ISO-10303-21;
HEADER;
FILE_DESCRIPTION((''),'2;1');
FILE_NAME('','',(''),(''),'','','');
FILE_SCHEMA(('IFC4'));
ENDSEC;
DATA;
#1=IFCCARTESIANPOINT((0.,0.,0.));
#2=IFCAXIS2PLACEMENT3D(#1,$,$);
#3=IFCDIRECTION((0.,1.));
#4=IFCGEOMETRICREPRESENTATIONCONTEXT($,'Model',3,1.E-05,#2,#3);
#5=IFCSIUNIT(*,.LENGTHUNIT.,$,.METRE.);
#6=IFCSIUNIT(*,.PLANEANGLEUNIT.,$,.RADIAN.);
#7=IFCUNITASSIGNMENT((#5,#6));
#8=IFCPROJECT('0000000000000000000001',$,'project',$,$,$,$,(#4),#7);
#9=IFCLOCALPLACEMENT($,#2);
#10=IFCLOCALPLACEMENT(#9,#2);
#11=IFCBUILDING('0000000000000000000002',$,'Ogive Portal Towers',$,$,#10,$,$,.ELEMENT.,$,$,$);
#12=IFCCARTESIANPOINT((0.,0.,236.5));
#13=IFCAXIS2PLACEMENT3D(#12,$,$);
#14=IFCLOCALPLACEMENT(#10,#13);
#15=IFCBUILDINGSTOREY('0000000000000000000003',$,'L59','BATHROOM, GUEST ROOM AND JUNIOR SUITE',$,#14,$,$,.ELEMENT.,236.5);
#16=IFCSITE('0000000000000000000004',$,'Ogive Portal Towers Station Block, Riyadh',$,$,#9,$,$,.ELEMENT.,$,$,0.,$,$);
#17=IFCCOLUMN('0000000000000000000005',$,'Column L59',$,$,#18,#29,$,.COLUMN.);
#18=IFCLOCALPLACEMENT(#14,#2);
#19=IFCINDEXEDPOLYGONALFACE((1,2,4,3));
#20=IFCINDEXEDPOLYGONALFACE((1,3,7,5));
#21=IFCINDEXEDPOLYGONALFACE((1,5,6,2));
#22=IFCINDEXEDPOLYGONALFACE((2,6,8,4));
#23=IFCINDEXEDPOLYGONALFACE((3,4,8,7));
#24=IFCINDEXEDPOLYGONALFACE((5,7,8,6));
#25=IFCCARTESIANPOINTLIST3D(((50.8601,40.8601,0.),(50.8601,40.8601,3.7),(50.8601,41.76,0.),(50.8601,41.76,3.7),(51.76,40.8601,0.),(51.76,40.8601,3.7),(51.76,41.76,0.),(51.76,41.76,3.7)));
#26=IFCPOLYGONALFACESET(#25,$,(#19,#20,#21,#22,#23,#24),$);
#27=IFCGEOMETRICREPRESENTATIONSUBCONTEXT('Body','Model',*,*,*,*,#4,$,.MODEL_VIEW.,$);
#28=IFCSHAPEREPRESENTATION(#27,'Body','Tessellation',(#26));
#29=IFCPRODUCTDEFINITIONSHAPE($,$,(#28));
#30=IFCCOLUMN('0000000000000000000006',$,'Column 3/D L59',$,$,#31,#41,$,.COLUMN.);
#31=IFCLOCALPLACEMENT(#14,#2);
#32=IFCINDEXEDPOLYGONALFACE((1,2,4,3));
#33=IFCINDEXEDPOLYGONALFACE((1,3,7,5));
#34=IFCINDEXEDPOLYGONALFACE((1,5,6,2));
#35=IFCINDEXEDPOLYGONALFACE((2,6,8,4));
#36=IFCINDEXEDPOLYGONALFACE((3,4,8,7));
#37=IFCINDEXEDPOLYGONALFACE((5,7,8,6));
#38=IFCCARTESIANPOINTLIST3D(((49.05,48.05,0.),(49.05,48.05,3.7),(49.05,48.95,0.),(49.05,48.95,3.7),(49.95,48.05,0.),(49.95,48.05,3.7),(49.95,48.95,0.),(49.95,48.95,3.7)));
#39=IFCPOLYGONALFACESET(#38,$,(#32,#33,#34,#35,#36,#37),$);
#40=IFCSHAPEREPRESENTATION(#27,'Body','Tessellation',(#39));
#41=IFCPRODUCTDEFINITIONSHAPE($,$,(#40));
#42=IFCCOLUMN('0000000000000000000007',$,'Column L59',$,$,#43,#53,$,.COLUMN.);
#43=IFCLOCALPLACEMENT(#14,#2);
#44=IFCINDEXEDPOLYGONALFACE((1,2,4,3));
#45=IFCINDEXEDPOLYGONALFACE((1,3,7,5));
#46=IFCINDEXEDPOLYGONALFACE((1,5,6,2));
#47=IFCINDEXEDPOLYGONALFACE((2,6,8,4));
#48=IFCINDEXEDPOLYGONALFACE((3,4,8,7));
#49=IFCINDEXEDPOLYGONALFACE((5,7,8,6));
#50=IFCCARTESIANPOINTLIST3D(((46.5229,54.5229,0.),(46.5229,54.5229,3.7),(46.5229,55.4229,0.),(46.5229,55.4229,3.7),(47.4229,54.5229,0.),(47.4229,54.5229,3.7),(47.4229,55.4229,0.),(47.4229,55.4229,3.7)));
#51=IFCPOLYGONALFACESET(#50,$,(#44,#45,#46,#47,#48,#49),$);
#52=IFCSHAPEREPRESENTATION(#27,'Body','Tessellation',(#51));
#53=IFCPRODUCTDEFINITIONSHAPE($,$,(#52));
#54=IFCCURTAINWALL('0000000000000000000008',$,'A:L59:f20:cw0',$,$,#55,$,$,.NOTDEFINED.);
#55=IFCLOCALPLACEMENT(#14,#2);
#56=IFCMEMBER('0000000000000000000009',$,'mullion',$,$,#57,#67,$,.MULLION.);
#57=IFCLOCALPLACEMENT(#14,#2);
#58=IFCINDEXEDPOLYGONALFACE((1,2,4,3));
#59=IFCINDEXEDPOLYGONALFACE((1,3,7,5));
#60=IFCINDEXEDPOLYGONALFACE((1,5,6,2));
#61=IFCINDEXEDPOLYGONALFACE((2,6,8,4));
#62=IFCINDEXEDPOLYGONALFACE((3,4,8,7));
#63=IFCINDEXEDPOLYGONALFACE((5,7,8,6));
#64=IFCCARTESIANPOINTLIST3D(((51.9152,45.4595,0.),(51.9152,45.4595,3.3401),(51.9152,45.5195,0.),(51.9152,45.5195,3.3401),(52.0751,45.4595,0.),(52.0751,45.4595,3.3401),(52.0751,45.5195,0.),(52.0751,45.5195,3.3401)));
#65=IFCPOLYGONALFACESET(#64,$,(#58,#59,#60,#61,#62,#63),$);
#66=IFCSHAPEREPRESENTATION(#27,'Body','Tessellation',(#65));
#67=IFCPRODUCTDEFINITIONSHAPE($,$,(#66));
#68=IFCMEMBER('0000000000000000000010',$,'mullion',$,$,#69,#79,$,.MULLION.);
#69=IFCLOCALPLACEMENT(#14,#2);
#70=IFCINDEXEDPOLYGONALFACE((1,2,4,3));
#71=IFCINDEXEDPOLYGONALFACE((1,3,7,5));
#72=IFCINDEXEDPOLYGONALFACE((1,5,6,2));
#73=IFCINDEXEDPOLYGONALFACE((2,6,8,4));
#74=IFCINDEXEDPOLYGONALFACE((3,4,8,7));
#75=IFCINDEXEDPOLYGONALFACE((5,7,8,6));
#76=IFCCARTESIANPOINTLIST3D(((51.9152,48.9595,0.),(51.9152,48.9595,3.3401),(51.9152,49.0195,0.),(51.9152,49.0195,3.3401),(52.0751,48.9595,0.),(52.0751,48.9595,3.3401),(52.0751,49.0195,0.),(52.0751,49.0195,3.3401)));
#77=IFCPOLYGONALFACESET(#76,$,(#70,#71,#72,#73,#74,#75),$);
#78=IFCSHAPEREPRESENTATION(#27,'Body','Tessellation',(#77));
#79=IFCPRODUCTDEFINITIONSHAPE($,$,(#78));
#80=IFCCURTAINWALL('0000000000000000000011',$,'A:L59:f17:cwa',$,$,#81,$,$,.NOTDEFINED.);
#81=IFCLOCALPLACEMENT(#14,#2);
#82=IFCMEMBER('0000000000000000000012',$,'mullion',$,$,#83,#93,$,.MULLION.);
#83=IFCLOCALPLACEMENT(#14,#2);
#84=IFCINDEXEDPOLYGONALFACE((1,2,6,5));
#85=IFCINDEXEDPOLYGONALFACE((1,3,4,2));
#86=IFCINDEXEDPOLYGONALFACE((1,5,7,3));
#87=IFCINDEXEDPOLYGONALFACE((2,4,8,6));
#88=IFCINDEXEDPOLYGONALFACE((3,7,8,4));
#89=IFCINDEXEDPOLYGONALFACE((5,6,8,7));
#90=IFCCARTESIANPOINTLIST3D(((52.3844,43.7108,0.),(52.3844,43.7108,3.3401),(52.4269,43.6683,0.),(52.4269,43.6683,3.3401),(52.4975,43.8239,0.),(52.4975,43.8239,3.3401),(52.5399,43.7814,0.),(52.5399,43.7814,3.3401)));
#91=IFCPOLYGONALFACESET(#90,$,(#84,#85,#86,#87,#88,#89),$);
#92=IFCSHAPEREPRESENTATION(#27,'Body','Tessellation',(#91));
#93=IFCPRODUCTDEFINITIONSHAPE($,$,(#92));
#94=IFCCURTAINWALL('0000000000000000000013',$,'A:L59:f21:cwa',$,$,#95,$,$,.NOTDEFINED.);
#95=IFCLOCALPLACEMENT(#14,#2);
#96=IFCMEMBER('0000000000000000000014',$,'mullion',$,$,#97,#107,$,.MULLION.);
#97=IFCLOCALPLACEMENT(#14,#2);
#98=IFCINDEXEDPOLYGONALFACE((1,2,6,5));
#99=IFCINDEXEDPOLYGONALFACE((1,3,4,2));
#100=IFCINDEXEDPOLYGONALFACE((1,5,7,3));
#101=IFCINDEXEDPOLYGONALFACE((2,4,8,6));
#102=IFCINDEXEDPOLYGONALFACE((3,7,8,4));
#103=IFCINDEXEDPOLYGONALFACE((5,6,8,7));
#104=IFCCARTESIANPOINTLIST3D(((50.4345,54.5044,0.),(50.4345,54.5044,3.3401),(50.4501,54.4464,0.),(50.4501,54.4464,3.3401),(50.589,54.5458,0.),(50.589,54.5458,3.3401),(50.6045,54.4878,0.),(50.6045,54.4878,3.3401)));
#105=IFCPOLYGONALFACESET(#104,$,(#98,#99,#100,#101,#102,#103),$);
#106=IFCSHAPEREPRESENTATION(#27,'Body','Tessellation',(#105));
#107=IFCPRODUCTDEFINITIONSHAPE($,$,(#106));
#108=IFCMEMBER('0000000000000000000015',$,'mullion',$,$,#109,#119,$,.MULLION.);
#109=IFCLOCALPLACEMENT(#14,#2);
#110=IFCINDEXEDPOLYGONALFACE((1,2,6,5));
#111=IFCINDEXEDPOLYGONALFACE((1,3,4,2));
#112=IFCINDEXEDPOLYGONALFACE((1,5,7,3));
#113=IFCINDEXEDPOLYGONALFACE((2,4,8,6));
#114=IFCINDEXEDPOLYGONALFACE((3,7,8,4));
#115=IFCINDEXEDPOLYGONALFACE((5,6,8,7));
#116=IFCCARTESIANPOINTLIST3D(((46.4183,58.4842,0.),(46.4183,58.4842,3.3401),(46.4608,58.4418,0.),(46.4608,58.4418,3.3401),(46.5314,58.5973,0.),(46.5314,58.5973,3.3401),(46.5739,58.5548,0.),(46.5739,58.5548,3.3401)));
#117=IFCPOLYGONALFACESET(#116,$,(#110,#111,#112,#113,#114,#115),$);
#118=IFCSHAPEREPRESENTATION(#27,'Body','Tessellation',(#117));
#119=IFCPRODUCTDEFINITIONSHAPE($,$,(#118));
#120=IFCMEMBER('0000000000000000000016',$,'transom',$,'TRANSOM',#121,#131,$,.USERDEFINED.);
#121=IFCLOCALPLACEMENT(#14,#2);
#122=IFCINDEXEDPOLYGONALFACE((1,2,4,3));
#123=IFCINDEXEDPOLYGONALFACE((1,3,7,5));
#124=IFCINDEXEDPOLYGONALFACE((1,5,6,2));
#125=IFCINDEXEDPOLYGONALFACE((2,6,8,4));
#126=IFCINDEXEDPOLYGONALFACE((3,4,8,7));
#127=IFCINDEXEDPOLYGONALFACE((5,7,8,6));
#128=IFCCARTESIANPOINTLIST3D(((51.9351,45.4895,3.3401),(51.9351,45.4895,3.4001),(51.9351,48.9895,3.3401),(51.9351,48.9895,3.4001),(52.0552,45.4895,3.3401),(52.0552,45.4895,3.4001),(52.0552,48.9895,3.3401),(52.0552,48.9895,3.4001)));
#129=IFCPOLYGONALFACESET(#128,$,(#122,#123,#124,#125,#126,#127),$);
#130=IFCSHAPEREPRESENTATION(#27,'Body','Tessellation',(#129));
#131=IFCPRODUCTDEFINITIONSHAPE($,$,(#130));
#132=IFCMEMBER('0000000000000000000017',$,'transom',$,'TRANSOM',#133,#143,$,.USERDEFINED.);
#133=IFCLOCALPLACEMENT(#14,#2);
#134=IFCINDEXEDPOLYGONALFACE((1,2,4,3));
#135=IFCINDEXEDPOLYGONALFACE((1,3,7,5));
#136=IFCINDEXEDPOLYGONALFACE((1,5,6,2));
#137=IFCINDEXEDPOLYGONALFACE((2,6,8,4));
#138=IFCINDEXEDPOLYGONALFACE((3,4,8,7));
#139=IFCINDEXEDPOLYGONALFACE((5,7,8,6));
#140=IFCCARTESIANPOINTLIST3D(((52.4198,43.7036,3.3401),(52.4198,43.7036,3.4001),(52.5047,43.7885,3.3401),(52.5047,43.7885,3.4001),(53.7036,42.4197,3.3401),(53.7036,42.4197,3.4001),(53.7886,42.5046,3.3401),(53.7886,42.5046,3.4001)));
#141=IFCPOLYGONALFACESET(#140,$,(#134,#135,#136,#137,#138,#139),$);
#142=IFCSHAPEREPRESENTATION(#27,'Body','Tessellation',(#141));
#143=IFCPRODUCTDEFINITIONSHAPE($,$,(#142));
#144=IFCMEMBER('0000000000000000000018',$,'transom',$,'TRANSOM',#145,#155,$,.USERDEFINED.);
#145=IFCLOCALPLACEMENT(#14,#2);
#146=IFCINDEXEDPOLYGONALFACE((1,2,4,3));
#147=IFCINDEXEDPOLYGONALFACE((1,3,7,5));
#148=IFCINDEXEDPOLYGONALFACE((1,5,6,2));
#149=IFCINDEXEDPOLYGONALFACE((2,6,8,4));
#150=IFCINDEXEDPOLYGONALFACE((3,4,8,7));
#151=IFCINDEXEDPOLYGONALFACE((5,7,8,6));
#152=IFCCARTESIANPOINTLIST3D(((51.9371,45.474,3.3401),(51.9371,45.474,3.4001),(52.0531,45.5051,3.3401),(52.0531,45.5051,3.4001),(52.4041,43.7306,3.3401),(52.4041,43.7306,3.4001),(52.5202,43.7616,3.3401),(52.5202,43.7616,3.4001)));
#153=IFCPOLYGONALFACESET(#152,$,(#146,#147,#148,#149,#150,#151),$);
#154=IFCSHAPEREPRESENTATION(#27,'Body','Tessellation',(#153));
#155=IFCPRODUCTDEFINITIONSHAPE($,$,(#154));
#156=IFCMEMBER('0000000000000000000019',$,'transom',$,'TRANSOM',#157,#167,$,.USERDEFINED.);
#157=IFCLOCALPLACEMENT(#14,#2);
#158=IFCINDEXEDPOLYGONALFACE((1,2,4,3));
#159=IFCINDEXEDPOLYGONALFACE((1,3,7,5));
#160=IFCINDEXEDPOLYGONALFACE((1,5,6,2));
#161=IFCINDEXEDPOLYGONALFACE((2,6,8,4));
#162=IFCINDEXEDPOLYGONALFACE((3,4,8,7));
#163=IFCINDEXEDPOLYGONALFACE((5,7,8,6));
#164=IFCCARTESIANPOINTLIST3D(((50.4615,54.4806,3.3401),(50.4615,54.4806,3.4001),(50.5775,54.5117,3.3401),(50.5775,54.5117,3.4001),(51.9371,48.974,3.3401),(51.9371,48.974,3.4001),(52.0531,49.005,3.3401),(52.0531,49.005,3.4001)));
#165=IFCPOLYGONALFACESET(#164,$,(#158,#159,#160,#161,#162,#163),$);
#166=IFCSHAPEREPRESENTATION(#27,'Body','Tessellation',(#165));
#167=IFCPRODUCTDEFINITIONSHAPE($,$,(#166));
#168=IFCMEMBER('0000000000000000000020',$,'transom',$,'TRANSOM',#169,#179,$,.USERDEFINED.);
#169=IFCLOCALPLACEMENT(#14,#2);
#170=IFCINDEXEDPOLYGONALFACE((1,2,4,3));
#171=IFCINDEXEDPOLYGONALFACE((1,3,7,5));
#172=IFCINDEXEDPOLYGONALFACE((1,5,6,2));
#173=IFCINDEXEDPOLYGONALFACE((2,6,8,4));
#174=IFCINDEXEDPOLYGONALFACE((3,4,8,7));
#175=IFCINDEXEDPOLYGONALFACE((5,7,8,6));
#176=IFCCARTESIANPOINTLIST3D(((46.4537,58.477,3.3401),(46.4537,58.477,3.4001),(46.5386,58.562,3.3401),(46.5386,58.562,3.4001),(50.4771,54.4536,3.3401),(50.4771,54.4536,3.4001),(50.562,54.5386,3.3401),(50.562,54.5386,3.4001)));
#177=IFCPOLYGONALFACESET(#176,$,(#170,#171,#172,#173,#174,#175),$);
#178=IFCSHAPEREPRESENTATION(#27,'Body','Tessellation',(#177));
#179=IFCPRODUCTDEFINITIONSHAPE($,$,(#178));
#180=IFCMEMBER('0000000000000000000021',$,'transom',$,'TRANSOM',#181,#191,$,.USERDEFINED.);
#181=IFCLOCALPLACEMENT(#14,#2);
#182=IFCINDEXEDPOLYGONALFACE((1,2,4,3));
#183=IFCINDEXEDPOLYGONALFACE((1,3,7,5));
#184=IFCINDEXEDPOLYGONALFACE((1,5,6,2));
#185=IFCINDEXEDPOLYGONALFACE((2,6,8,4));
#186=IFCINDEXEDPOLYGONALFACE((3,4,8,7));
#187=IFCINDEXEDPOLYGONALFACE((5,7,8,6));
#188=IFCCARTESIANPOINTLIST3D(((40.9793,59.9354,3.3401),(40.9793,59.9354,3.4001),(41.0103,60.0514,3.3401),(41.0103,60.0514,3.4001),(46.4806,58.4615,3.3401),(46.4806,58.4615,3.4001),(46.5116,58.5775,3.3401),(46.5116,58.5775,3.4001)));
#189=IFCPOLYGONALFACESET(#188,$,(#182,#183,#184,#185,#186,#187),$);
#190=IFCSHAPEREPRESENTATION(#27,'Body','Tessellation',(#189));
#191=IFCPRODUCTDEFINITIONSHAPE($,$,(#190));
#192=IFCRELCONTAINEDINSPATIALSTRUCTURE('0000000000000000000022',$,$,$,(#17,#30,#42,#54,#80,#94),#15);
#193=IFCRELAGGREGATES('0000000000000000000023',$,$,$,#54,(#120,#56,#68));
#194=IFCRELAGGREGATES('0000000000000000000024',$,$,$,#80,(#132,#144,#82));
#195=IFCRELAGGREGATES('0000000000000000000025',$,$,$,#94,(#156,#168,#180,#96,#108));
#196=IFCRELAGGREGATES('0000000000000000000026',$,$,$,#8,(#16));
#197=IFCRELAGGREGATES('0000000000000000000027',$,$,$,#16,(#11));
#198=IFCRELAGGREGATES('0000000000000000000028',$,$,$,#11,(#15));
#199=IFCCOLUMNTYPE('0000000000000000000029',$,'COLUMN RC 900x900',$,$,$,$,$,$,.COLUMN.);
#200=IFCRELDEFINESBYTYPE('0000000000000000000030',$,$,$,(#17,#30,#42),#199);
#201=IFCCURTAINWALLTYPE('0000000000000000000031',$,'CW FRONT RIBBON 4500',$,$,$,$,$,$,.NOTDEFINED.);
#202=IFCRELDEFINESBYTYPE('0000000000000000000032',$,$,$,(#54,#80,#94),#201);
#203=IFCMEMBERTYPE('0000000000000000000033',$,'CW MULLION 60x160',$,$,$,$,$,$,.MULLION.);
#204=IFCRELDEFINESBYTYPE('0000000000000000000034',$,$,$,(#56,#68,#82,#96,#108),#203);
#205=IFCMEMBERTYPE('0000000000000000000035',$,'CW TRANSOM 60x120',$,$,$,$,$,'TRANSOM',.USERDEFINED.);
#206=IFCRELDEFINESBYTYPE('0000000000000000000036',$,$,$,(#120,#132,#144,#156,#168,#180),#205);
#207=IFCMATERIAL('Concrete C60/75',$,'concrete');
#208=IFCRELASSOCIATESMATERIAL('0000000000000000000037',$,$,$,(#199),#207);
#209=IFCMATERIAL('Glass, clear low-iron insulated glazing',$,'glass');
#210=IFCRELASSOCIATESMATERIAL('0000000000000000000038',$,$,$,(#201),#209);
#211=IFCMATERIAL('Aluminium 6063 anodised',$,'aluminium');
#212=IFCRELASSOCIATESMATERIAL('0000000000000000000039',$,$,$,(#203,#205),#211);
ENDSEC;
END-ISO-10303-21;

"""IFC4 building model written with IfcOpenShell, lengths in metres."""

from ifc_helpers import new_model, si_unit, direction, frame, origin, origin_2d, place, context, subcontext, project, spatial, rectangle, extrude, material, material_profile, profile_set, type_object, element, aggregate, save


model = new_model("IFC4")

# Units and contexts
model_context = context("Model", 3, precision=1e-05, world=origin(), true_north=direction((0.0, 1.0)))
body_context = subcontext(model_context, "Body", "Model", "MODEL_VIEW")
ifc_project = project(units=[si_unit("LENGTHUNIT", "METRE"), si_unit("PLANEANGLEUNIT", "RADIAN")], contexts=[model_context])

# Site, building, storey
site_placement = place(None, origin())
site = spatial("IfcSite", under=ifc_project, at=site_placement, Name="Ogive Portal Towers Station Block, Riyadh", CompositionType="ELEMENT", RefElevation=0.0)
building_placement = place(site_placement, origin())
building = spatial("IfcBuilding", under=site, at=building_placement, Name="Ogive Portal Towers", CompositionType="ELEMENT")
storey_placement = place(building_placement, frame((0.0, 0.0, 236.5)))
storey = spatial("IfcBuildingStorey", under=building, at=storey_placement, Name="L59", Description="BATHROOM, GUEST ROOM AND JUNIOR SUITE", CompositionType="ELEMENT", Elevation=236.5)

# Columns
ifc_material_1 = material(Name="Concrete C60/75", Category="concrete")
ifc_material_profile_1 = material_profile(ifc_material_1, rectangle(XDim=0.8999, YDim=0.8999, at=origin_2d()), Name="RC 900x900")
ifc_profile_set_1 = profile_set([ifc_material_profile_1], Name="Concrete C60/75")
column_type = type_object("IfcColumnType", Name="COLUMN RC 900x900", PredefinedType="COLUMN", material=ifc_profile_set_1)
for number, where, z_axis, x_axis, name in (
    (1, (51.3101, 41.3101, 0.0), (0.0, 0.0, 1.0), (1.0, 0.0, 0.0), "Column L59"),
    (2, (49.5, 48.5, 0.0), (0.0, 0.0, 1.0), (1.0, 0.0, 0.0), "Column 3/D L59"),
    (3, (46.9729, 54.9729, 0.0), (0.0, 0.0, 1.0), (1.0, 0.0, 0.0), "Column L59"),
):
    element("IfcColumn", number, at=place(storey_placement, frame(where, z_axis=z_axis, x_axis=x_axis)), inside=storey, type_object=column_type, Name=name, PredefinedType="COLUMN", context=body_context, shape_type="SweptSolid", body=[
        extrude(rectangle(XDim=0.8999, YDim=0.8999, at=origin_2d()), origin(), (0.0, 0.0, 1.0), 3.7),
    ])

# Curtain wall, members
ifc_material_2 = material(Name="Glass, clear low-iron insulated glazing", Category="glass")
curtain_wall_type = type_object("IfcCurtainWallType", Name="CW FRONT RIBBON 4500", PredefinedType="NOTDEFINED", material=ifc_material_2)
curtain_wall_1_placement = place(storey_placement, origin())
curtain_wall_1 = element("IfcCurtainWall", 4, at=curtain_wall_1_placement, inside=storey, type_object=curtain_wall_type, Name="A:L59:f20:cw0", PredefinedType="NOTDEFINED")
ifc_material_3 = material(Name="Aluminium 6063 anodised", Category="aluminium")
ifc_material_profile_2 = material_profile(ifc_material_3, rectangle(XDim=0.1599, YDim=0.0601, at=origin_2d()), Name="AL 60x160")
ifc_profile_set_2 = profile_set([ifc_material_profile_2], Name="Aluminium 6063 anodised")
member_type_1 = type_object("IfcMemberType", Name="CW MULLION 60x160", PredefinedType="MULLION", material=ifc_profile_set_2)
member_1_placement = place(storey_placement, frame((51.9951, 45.4895, 0.0), z_axis=(0.0, 0.0, 1.0), x_axis=(-1.0, 0.0, 0.0)))
member_1 = element("IfcMember", 5, at=member_1_placement, type_object=member_type_1, Name="mullion", PredefinedType="MULLION", context=body_context, shape_type="SweptSolid", body=[
    extrude(rectangle(XDim=0.1599, YDim=0.0601, at=origin_2d()), origin(), (0.0, 0.0, 1.0), 3.3401),
])
member_2_placement = place(storey_placement, frame((51.9951, 48.9895, 0.0), z_axis=(0.0, 0.0, 1.0), x_axis=(-1.0, 0.0, 0.0)))
member_2 = element("IfcMember", 6, at=member_2_placement, type_object=member_type_1, Name="mullion", PredefinedType="MULLION", context=body_context, shape_type="SweptSolid", body=[
    extrude(rectangle(XDim=0.1599, YDim=0.0601, at=origin_2d()), origin(), (0.0, 0.0, 1.0), 3.3401),
])

# Curtain wall, member
curtain_wall_2_placement = place(storey_placement, origin())
curtain_wall_2 = element("IfcCurtainWall", 7, at=curtain_wall_2_placement, inside=storey, type_object=curtain_wall_type, Name="A:L59:f17:cwa", PredefinedType="NOTDEFINED")
member_3_placement = place(storey_placement, frame((52.4622, 43.7461, 0.0), z_axis=(0.0, 0.0, 1.0), x_axis=(-0.707107, -0.707107, 0.0)))
member_3 = element("IfcMember", 8, at=member_3_placement, type_object=member_type_1, Name="mullion", PredefinedType="MULLION", context=body_context, shape_type="SweptSolid", body=[
    extrude(rectangle(XDim=0.1599, YDim=0.0601, at=origin_2d()), origin(), (0.0, 0.0, 1.0), 3.3401),
])

# Curtain wall, members
curtain_wall_3_placement = place(storey_placement, origin())
curtain_wall_3 = element("IfcCurtainWall", 9, at=curtain_wall_3_placement, inside=storey, type_object=curtain_wall_type, Name="A:L59:f21:cwa", PredefinedType="NOTDEFINED")
member_4_placement = place(storey_placement, frame((50.5195, 54.4961, 0.0), z_axis=(0.0, 0.0, 1.0), x_axis=(-0.965926, -0.258819, 0.0)))
member_4 = element("IfcMember", 10, at=member_4_placement, type_object=member_type_1, Name="mullion", PredefinedType="MULLION", context=body_context, shape_type="SweptSolid", body=[
    extrude(rectangle(XDim=0.1599, YDim=0.0601, at=origin_2d()), origin(), (0.0, 0.0, 1.0), 3.3401),
])
member_5_placement = place(storey_placement, frame((46.4961, 58.5195, 0.0), z_axis=(0.0, 0.0, 1.0), x_axis=(-0.707107, -0.707107, 0.0)))
member_5 = element("IfcMember", 11, at=member_5_placement, type_object=member_type_1, Name="mullion", PredefinedType="MULLION", context=body_context, shape_type="SweptSolid", body=[
    extrude(rectangle(XDim=0.1599, YDim=0.0601, at=origin_2d()), origin(), (0.0, 0.0, 1.0), 3.3401),
])

# Members
ifc_material_profile_3 = material_profile(ifc_material_3, rectangle(XDim=0.1201, YDim=0.0601, at=origin_2d()), Name="AL 120x60")
ifc_profile_set_3 = profile_set([ifc_material_profile_3], Name="Aluminium 6063 anodised")
member_type_2 = type_object("IfcMemberType", Name="CW TRANSOM 60x120", ElementType="TRANSOM", PredefinedType="USERDEFINED", material=ifc_profile_set_3)
member_6_placement = place(storey_placement, frame((51.9951, 45.4895, 3.3701), z_axis=(0.0, 1.0, 0.0), x_axis=(-1.0, 0.0, 0.0)))
member_6 = element("IfcMember", 12, at=member_6_placement, type_object=member_type_2, Name="transom", ObjectType="TRANSOM", PredefinedType="USERDEFINED", context=body_context, shape_type="SweptSolid", body=[
    extrude(rectangle(XDim=0.1201, YDim=0.0601, at=origin_2d()), origin(), (0.0, 0.0, 1.0), 3.5),
])
member_7_placement = place(storey_placement, frame((53.7461, 42.4622, 3.3701), z_axis=(-0.707107, 0.707107, 0.0), x_axis=(-0.707107, -0.707107, 0.0)))
member_7 = element("IfcMember", 13, at=member_7_placement, type_object=member_type_2, Name="transom", ObjectType="TRANSOM", PredefinedType="USERDEFINED", context=body_context, shape_type="SweptSolid", body=[
    extrude(rectangle(XDim=0.1201, YDim=0.0601, at=origin_2d()), origin(), (0.0, 0.0, 1.0), 1.8157),
])
member_8_placement = place(storey_placement, frame((52.4622, 43.7461, 3.3701), z_axis=(-0.258765, 0.96594, 0.0), x_axis=(-0.96594, -0.258765, 0.0)))
member_8 = element("IfcMember", 14, at=member_8_placement, type_object=member_type_2, Name="transom", ObjectType="TRANSOM", PredefinedType="USERDEFINED", context=body_context, shape_type="SweptSolid", body=[
    extrude(rectangle(XDim=0.1201, YDim=0.0601, at=origin_2d()), origin(), (0.0, 0.0, 1.0), 1.8049),
])
member_9_placement = place(storey_placement, frame((51.9951, 48.9895, 3.3701), z_axis=(-0.258835, 0.965921, 0.0), x_axis=(-0.965921, -0.258835, 0.0)))
member_9 = element("IfcMember", 15, at=member_9_placement, type_object=member_type_2, Name="transom", ObjectType="TRANSOM", PredefinedType="USERDEFINED", context=body_context, shape_type="SweptSolid", body=[
    extrude(rectangle(XDim=0.1201, YDim=0.0601, at=origin_2d()), origin(), (0.0, 0.0, 1.0), 5.7009),
])
member_10_placement = place(storey_placement, frame((50.5195, 54.4961, 3.3701), z_axis=(-0.707107, 0.707107, 0.0), x_axis=(-0.707107, -0.707107, 0.0)))
member_10 = element("IfcMember", 16, at=member_10_placement, type_object=member_type_2, Name="transom", ObjectType="TRANSOM", PredefinedType="USERDEFINED", context=body_context, shape_type="SweptSolid", body=[
    extrude(rectangle(XDim=0.1201, YDim=0.0601, at=origin_2d()), origin(), (0.0, 0.0, 1.0), 5.6899),
])
member_11_placement = place(storey_placement, frame((46.4961, 58.5195, 3.3701), z_axis=(-0.965933, 0.258791, 0.0), x_axis=(-0.258791, -0.965933, 0.0)))
member_11 = element("IfcMember", 17, at=member_11_placement, type_object=member_type_2, Name="transom", ObjectType="TRANSOM", PredefinedType="USERDEFINED", context=body_context, shape_type="SweptSolid", body=[
    extrude(rectangle(XDim=0.1201, YDim=0.0601, at=origin_2d()), origin(), (0.0, 0.0, 1.0), 5.6953),
])

aggregate(curtain_wall_1, [member_6, member_1, member_2])
aggregate(curtain_wall_2, [member_7, member_8, member_3])
aggregate(curtain_wall_3, [member_9, member_10, member_11, member_4, member_5])

save(model, "model.ifc")
